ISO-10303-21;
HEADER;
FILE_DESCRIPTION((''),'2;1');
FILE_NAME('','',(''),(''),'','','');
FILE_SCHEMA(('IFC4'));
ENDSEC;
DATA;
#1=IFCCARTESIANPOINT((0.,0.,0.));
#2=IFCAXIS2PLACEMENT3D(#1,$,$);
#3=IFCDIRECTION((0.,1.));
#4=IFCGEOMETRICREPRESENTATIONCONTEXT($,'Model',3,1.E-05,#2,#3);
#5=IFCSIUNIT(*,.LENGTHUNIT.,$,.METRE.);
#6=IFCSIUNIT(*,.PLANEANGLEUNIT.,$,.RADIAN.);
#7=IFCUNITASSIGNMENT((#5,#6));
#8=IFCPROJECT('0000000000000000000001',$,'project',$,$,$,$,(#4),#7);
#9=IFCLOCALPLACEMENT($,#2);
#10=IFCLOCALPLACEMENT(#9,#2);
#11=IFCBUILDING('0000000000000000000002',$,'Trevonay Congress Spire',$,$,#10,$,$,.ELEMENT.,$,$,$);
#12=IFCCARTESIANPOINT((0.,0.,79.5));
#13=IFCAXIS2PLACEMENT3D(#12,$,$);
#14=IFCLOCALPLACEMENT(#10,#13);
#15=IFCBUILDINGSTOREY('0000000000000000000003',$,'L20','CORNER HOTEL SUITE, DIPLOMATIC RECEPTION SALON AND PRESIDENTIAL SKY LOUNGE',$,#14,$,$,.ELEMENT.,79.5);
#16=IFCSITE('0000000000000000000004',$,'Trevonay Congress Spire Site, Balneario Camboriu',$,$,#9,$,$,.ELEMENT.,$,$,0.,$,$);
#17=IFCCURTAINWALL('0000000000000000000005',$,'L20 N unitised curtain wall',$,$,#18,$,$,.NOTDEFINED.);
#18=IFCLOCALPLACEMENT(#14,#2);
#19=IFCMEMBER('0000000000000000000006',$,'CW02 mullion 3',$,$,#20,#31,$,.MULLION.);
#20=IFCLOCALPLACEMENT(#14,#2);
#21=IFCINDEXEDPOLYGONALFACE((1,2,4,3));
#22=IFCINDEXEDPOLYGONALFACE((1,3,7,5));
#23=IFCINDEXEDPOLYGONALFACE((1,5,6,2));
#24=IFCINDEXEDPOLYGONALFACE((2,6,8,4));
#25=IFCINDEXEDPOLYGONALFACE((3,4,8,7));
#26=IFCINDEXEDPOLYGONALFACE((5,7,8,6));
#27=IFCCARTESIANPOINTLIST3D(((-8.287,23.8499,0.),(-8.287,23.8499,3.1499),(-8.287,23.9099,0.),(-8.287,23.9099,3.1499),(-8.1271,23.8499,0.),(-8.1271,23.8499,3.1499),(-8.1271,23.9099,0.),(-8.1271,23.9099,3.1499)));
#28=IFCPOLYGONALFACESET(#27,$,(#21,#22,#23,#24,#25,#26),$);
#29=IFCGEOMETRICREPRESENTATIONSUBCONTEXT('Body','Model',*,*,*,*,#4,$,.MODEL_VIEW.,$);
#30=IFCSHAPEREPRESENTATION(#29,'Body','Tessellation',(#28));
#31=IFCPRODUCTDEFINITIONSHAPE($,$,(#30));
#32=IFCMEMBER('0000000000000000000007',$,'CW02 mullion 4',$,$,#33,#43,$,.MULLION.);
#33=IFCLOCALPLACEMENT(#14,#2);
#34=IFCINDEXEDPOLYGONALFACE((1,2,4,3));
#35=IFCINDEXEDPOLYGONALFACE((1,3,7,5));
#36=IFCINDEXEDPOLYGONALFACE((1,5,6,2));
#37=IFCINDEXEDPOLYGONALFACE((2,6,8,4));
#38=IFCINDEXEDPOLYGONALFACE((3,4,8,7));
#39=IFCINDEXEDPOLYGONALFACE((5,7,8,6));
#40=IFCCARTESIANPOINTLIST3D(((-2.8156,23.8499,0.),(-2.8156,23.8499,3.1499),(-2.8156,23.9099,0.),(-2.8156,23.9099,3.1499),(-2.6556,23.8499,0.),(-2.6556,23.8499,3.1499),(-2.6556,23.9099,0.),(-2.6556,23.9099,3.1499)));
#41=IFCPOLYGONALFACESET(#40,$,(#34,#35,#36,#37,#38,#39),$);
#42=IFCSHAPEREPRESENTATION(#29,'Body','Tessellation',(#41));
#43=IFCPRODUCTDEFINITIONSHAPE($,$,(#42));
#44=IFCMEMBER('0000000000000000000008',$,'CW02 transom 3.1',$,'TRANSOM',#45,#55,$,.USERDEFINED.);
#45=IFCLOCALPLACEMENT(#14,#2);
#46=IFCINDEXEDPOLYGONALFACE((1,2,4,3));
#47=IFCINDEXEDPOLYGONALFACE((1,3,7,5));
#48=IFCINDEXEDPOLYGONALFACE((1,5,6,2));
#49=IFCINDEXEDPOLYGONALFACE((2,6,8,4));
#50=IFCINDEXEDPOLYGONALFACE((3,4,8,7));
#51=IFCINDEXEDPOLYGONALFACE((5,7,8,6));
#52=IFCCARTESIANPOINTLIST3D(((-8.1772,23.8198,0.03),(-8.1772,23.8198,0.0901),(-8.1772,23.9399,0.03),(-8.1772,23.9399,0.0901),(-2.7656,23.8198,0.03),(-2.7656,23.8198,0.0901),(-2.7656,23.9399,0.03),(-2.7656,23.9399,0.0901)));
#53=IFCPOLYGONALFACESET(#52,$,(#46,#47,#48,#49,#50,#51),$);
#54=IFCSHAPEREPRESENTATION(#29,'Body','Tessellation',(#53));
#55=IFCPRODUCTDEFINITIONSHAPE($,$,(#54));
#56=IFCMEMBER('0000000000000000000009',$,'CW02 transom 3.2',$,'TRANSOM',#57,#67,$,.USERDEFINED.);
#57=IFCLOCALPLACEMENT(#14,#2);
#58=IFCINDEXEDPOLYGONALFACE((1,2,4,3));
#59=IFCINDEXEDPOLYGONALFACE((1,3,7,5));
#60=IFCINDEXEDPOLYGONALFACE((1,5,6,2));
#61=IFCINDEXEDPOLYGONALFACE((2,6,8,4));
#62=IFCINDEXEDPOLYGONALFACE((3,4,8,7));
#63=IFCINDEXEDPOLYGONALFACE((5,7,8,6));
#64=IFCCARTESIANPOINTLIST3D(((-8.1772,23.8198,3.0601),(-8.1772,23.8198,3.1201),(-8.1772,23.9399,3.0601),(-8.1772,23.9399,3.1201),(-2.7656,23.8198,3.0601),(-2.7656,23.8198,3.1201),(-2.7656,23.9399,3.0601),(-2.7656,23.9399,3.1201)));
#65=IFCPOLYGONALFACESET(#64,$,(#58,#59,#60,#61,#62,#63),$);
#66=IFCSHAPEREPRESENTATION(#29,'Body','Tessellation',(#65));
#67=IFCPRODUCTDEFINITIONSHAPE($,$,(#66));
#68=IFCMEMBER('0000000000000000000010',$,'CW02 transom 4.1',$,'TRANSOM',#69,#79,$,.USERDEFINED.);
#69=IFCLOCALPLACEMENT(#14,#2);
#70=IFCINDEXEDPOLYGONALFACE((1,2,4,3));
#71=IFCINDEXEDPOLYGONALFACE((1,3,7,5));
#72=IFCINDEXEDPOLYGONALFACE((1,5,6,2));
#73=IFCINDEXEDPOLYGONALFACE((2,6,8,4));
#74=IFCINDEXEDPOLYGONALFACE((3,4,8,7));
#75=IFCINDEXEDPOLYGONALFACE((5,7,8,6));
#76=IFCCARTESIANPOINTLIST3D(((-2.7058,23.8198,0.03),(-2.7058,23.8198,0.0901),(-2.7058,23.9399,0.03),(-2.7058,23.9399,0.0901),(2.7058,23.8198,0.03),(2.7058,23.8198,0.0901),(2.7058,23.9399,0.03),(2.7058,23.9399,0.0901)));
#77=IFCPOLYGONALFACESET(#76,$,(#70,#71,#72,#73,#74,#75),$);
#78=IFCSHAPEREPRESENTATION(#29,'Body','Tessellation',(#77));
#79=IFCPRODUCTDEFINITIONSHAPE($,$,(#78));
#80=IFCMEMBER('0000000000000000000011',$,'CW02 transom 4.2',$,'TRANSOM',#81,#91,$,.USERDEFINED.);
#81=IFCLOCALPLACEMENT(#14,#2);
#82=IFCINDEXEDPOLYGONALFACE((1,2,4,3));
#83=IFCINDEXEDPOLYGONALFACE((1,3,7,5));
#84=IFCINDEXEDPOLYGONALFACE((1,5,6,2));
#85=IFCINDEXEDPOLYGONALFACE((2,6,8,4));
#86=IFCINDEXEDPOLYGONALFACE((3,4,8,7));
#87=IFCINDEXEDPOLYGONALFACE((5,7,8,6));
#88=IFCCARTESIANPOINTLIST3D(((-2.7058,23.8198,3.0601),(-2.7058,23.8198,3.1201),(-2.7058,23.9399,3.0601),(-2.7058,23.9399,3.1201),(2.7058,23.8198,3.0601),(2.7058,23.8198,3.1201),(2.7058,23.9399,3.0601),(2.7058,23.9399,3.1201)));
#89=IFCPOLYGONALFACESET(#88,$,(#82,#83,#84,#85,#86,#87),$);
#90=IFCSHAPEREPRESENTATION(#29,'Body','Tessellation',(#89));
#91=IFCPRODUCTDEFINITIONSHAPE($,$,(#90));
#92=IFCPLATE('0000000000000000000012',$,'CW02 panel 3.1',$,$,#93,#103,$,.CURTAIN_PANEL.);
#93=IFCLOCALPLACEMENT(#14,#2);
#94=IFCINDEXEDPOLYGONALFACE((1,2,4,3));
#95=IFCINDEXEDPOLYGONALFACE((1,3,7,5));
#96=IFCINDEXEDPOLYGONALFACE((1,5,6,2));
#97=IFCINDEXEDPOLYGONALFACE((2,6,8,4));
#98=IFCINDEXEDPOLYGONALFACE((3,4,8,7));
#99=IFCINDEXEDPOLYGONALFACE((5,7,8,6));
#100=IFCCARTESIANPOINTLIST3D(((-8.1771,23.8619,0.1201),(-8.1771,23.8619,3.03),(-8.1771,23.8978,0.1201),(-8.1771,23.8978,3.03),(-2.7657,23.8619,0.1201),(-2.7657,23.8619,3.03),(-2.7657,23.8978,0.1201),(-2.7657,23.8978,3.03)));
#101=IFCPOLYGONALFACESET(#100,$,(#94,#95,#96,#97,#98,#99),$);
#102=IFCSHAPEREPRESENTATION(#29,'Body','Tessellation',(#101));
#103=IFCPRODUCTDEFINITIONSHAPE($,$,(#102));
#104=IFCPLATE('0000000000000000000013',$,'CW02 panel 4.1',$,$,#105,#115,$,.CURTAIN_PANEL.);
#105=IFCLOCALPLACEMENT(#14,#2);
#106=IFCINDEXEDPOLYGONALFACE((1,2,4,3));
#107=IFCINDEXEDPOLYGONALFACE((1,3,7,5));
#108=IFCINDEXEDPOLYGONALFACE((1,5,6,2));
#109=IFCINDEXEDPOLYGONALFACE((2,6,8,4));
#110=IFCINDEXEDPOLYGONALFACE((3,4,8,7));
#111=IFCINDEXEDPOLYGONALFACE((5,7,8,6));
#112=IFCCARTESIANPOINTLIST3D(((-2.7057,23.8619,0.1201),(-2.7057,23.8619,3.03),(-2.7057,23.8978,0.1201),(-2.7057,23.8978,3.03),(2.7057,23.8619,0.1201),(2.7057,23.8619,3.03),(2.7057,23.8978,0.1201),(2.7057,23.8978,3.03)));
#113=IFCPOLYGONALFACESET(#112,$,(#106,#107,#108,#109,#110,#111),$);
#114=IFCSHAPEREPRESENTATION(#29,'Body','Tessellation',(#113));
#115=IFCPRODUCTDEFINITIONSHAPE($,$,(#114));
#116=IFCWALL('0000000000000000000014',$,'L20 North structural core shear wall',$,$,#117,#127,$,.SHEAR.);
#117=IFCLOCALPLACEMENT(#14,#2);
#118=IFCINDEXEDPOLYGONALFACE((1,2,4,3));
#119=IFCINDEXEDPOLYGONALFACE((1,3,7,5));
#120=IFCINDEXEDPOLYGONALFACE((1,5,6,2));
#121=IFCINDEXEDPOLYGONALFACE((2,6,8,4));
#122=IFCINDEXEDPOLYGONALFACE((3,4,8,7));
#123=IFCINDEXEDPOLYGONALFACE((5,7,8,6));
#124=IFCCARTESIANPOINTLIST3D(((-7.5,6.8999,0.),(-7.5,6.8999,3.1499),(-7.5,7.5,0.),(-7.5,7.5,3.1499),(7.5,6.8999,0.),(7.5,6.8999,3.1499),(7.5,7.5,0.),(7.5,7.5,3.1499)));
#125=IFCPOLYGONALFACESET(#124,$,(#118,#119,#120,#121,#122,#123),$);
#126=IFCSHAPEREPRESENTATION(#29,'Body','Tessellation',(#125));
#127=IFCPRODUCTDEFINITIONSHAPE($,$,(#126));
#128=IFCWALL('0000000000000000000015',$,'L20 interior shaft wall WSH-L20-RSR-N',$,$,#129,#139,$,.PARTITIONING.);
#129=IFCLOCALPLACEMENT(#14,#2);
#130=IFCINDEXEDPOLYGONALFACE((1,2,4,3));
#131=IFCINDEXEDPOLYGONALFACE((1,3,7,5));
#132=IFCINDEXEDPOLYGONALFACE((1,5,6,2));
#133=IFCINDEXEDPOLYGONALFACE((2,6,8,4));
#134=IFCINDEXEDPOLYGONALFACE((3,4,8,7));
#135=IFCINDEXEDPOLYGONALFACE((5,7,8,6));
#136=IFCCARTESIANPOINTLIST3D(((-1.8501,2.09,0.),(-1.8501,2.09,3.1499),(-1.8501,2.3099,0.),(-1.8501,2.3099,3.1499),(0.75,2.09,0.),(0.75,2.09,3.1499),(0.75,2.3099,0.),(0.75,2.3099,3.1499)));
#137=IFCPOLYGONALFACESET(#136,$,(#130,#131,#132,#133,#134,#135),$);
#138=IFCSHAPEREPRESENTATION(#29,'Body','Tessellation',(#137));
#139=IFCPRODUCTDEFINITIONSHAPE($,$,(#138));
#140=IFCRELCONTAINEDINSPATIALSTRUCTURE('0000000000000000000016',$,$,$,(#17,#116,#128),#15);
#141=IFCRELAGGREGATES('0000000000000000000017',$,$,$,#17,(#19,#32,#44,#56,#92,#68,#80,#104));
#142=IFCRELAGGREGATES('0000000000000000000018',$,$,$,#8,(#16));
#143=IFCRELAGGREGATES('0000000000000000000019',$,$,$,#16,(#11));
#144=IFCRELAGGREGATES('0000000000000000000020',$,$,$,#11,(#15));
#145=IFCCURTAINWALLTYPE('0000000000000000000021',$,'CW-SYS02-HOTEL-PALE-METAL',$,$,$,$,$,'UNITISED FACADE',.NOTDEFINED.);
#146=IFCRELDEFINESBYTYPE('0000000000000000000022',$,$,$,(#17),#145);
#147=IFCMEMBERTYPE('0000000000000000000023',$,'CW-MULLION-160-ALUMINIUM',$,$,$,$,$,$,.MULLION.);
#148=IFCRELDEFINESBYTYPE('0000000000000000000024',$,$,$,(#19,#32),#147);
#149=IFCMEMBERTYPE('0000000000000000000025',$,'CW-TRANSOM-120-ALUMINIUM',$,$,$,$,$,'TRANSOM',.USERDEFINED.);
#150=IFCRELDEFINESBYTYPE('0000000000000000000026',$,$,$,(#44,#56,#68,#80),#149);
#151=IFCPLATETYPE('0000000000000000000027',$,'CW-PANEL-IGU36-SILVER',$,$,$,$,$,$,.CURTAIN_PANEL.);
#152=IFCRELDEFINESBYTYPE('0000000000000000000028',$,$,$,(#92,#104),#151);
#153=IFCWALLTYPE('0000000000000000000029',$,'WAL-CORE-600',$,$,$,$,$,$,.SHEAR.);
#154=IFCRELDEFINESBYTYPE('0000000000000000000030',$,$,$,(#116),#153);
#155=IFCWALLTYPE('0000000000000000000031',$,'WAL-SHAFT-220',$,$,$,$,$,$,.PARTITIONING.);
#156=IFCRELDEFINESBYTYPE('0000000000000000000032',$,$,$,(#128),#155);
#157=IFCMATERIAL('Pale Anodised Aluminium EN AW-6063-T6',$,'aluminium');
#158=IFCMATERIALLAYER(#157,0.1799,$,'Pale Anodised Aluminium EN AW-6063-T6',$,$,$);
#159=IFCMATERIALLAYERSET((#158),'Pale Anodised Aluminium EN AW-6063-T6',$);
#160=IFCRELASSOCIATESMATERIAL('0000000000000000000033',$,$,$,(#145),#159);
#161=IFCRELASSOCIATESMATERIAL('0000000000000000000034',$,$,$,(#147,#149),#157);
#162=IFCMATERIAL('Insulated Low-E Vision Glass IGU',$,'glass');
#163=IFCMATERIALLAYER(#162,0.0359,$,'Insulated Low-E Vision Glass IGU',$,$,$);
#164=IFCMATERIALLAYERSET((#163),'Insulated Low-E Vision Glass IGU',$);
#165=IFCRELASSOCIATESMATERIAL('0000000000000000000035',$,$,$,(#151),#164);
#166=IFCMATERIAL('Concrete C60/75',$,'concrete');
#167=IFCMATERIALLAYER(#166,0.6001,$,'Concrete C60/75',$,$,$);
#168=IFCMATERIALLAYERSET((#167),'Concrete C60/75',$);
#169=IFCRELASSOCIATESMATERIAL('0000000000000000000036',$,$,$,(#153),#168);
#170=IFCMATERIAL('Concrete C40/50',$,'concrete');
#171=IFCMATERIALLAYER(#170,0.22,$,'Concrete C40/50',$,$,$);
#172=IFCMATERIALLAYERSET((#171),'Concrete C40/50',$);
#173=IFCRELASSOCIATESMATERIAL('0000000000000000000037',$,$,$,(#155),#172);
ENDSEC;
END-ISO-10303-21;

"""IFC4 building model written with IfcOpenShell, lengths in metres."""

from ifc_helpers import new_model, si_unit, direction, frame, frame_2d, origin, origin_2d, place, context, subcontext, project, spatial, rectangle, extrude, material, layer, layer_set, material_profile, profile_set, type_object, element, aggregate, save


model = new_model("IFC4")

# Units and contexts
model_context = context("Model", 3, precision=1e-05, world=origin(), true_north=direction((0.0, 1.0)))
body_context = subcontext(model_context, "Body", "Model", "MODEL_VIEW")
ifc_project = project(units=[si_unit("LENGTHUNIT", "METRE"), si_unit("PLANEANGLEUNIT", "RADIAN")], contexts=[model_context])

# Site, building, storey
site_placement = place(None, origin())
site = spatial("IfcSite", under=ifc_project, at=site_placement, Name="Trevonay Congress Spire Site, Balneario Camboriu", CompositionType="ELEMENT", RefElevation=0.0)
building_placement = place(site_placement, origin())
building = spatial("IfcBuilding", under=site, at=building_placement, Name="Trevonay Congress Spire", CompositionType="ELEMENT")
storey_placement = place(building_placement, frame((0.0, 0.0, 79.5)))
storey = spatial("IfcBuildingStorey", under=building, at=storey_placement, Name="L20", Description="CORNER HOTEL SUITE, DIPLOMATIC RECEPTION SALON AND PRESIDENTIAL SKY LOUNGE", CompositionType="ELEMENT", Elevation=79.5)

# Curtain wall, members, plates
ifc_material_1 = material(Name="Pale Anodised Aluminium EN AW-6063-T6", Category="aluminium")
ifc_layer_1 = layer(ifc_material_1, 0.1799, Name="Pale Anodised Aluminium EN AW-6063-T6")
ifc_layer_set_1 = layer_set([ifc_layer_1], Name="Pale Anodised Aluminium EN AW-6063-T6")
curtain_wall_type = type_object("IfcCurtainWallType", Name="CW-SYS02-HOTEL-PALE-METAL", ElementType="UNITISED FACADE", PredefinedType="NOTDEFINED", material=ifc_layer_set_1)
curtain_wall_placement = place(storey_placement, origin())
curtain_wall = element("IfcCurtainWall", 1, at=curtain_wall_placement, inside=storey, type_object=curtain_wall_type, Name="L20 N unitised curtain wall", PredefinedType="NOTDEFINED")
ifc_material_profile_1 = material_profile(ifc_material_1, rectangle(XDim=0.0601, YDim=0.1599, at=origin_2d()), Name="CW-MULLION-160-ALUMINIUM")
ifc_profile_set_1 = profile_set([ifc_material_profile_1], Name="Pale Anodised Aluminium EN AW-6063-T6")
member_type_1 = type_object("IfcMemberType", Name="CW-MULLION-160-ALUMINIUM", PredefinedType="MULLION", material=ifc_profile_set_1)
member_1_placement = place(storey_placement, frame((-8.207, 23.8799, 0.0), z_axis=(0.0, 0.0, 1.0), x_axis=(0.0, 1.0, 0.0)))
member_1 = element("IfcMember", 2, at=member_1_placement, type_object=member_type_1, Name="CW02 mullion 3", PredefinedType="MULLION", context=body_context, shape_type="SweptSolid", body=[
    extrude(rectangle(XDim=0.0601, YDim=0.1599, at=origin_2d()), origin(), (0.0, 0.0, 1.0), 3.1499),
])
member_2_placement = place(storey_placement, frame((-2.7356, 23.8799, 0.0), z_axis=(0.0, 0.0, 1.0), x_axis=(0.0, 1.0, 0.0)))
member_2 = element("IfcMember", 3, at=member_2_placement, type_object=member_type_1, Name="CW02 mullion 4", PredefinedType="MULLION", context=body_context, shape_type="SweptSolid", body=[
    extrude(rectangle(XDim=0.0601, YDim=0.1599, at=origin_2d()), origin(), (0.0, 0.0, 1.0), 3.1499),
])
ifc_material_profile_2 = material_profile(ifc_material_1, rectangle(XDim=0.1201, YDim=0.0601, at=origin_2d()), Name="CW-TRANSOM-120-ALUMINIUM")
ifc_profile_set_2 = profile_set([ifc_material_profile_2], Name="Pale Anodised Aluminium EN AW-6063-T6")
member_type_2 = type_object("IfcMemberType", Name="CW-TRANSOM-120-ALUMINIUM", ElementType="TRANSOM", PredefinedType="USERDEFINED", material=ifc_profile_set_2)
member_3_placement = place(storey_placement, frame((-8.1772, 23.8799, 0.0601), z_axis=(1.0, 0.0, 0.0), x_axis=(0.0, 1.0, 0.0)))
member_3 = element("IfcMember", 4, at=member_3_placement, type_object=member_type_2, Name="CW02 transom 3.1", ObjectType="TRANSOM", PredefinedType="USERDEFINED", context=body_context, shape_type="SweptSolid", body=[
    extrude(rectangle(XDim=0.1201, YDim=0.0601, at=origin_2d()), origin(), (0.0, 0.0, 1.0), 5.4116),
])
member_4_placement = place(storey_placement, frame((-8.1772, 23.8799, 3.0901), z_axis=(1.0, 0.0, 0.0), x_axis=(0.0, 1.0, 0.0)))
member_4 = element("IfcMember", 5, at=member_4_placement, type_object=member_type_2, Name="CW02 transom 3.2", ObjectType="TRANSOM", PredefinedType="USERDEFINED", context=body_context, shape_type="SweptSolid", body=[
    extrude(rectangle(XDim=0.1201, YDim=0.0601, at=origin_2d()), origin(), (0.0, 0.0, 1.0), 5.4116),
])
member_5_placement = place(storey_placement, frame((-2.7058, 23.8799, 0.0601), z_axis=(1.0, 0.0, 0.0), x_axis=(0.0, 1.0, 0.0)))
member_5 = element("IfcMember", 6, at=member_5_placement, type_object=member_type_2, Name="CW02 transom 4.1", ObjectType="TRANSOM", PredefinedType="USERDEFINED", context=body_context, shape_type="SweptSolid", body=[
    extrude(rectangle(XDim=0.1201, YDim=0.0601, at=origin_2d()), origin(), (0.0, 0.0, 1.0), 5.4116),
])
member_6_placement = place(storey_placement, frame((-2.7058, 23.8799, 3.0901), z_axis=(1.0, 0.0, 0.0), x_axis=(0.0, 1.0, 0.0)))
member_6 = element("IfcMember", 7, at=member_6_placement, type_object=member_type_2, Name="CW02 transom 4.2", ObjectType="TRANSOM", PredefinedType="USERDEFINED", context=body_context, shape_type="SweptSolid", body=[
    extrude(rectangle(XDim=0.1201, YDim=0.0601, at=origin_2d()), origin(), (0.0, 0.0, 1.0), 5.4116),
])
ifc_material_2 = material(Name="Insulated Low-E Vision Glass IGU", Category="glass")
ifc_layer_2 = layer(ifc_material_2, 0.0359, Name="Insulated Low-E Vision Glass IGU")
ifc_layer_set_2 = layer_set([ifc_layer_2], Name="Insulated Low-E Vision Glass IGU")
plate_type = type_object("IfcPlateType", Name="CW-PANEL-IGU36-SILVER", PredefinedType="CURTAIN_PANEL", material=ifc_layer_set_2)
plate_1_placement = place(storey_placement, frame((-5.4714, 23.8799, 0.1201), z_axis=(0.0, 0.0, 1.0), x_axis=(1.0, 0.0, 0.0)))
plate_1 = element("IfcPlate", 8, at=plate_1_placement, type_object=plate_type, Name="CW02 panel 3.1", PredefinedType="CURTAIN_PANEL", context=body_context, shape_type="SweptSolid", body=[
    extrude(rectangle(XDim=5.4114, YDim=0.0359, at=origin_2d()), origin(), (0.0, 0.0, 1.0), 2.9099),
])
plate_2_placement = place(storey_placement, frame((0.0, 23.8799, 0.1201), z_axis=(0.0, 0.0, 1.0), x_axis=(1.0, 0.0, 0.0)))
plate_2 = element("IfcPlate", 9, at=plate_2_placement, type_object=plate_type, Name="CW02 panel 4.1", PredefinedType="CURTAIN_PANEL", context=body_context, shape_type="SweptSolid", body=[
    extrude(rectangle(XDim=5.4114, YDim=0.0359, at=origin_2d()), origin(), (0.0, 0.0, 1.0), 2.9099),
])
aggregate(curtain_wall, [member_1, member_2, member_3, member_4, plate_1, member_5, member_6, plate_2])

# Walls
ifc_material_3 = material(Name="Concrete C60/75", Category="concrete")
ifc_layer_3 = layer(ifc_material_3, 0.6001, Name="Concrete C60/75")
ifc_layer_set_3 = layer_set([ifc_layer_3], Name="Concrete C60/75")
wall_type_1 = type_object("IfcWallType", Name="WAL-CORE-600", PredefinedType="SHEAR", material=ifc_layer_set_3)
wall_1_placement = place(storey_placement, frame((-7.5, 7.2, 0.0), z_axis=(0.0, 0.0, 1.0), x_axis=(1.0, 0.0, 0.0)))
element("IfcWall", 10, at=wall_1_placement, inside=storey, type_object=wall_type_1, Name="L20 North structural core shear wall", PredefinedType="SHEAR", context=body_context, shape_type="SweptSolid", body=[
    extrude(rectangle(XDim=15.0, YDim=0.6001, at=frame_2d((7.5, 0.0))), origin(), (0.0, 0.0, 1.0), 3.1499),
])
ifc_material_4 = material(Name="Concrete C40/50", Category="concrete")
ifc_layer_4 = layer(ifc_material_4, 0.22, Name="Concrete C40/50")
ifc_layer_set_4 = layer_set([ifc_layer_4], Name="Concrete C40/50")
wall_type_2 = type_object("IfcWallType", Name="WAL-SHAFT-220", PredefinedType="PARTITIONING", material=ifc_layer_set_4)
wall_2_placement = place(storey_placement, frame((-1.8501, 2.2, 0.0), z_axis=(0.0, 0.0, 1.0), x_axis=(1.0, 0.0, 0.0)))
element("IfcWall", 11, at=wall_2_placement, inside=storey, type_object=wall_type_2, Name="L20 interior shaft wall WSH-L20-RSR-N", PredefinedType="PARTITIONING", context=body_context, shape_type="SweptSolid", body=[
    extrude(rectangle(XDim=2.6001, YDim=0.22, at=frame_2d((1.3, 0.0))), origin(), (0.0, 0.0, 1.0), 3.1499),
])

save(model, "model.ifc")
